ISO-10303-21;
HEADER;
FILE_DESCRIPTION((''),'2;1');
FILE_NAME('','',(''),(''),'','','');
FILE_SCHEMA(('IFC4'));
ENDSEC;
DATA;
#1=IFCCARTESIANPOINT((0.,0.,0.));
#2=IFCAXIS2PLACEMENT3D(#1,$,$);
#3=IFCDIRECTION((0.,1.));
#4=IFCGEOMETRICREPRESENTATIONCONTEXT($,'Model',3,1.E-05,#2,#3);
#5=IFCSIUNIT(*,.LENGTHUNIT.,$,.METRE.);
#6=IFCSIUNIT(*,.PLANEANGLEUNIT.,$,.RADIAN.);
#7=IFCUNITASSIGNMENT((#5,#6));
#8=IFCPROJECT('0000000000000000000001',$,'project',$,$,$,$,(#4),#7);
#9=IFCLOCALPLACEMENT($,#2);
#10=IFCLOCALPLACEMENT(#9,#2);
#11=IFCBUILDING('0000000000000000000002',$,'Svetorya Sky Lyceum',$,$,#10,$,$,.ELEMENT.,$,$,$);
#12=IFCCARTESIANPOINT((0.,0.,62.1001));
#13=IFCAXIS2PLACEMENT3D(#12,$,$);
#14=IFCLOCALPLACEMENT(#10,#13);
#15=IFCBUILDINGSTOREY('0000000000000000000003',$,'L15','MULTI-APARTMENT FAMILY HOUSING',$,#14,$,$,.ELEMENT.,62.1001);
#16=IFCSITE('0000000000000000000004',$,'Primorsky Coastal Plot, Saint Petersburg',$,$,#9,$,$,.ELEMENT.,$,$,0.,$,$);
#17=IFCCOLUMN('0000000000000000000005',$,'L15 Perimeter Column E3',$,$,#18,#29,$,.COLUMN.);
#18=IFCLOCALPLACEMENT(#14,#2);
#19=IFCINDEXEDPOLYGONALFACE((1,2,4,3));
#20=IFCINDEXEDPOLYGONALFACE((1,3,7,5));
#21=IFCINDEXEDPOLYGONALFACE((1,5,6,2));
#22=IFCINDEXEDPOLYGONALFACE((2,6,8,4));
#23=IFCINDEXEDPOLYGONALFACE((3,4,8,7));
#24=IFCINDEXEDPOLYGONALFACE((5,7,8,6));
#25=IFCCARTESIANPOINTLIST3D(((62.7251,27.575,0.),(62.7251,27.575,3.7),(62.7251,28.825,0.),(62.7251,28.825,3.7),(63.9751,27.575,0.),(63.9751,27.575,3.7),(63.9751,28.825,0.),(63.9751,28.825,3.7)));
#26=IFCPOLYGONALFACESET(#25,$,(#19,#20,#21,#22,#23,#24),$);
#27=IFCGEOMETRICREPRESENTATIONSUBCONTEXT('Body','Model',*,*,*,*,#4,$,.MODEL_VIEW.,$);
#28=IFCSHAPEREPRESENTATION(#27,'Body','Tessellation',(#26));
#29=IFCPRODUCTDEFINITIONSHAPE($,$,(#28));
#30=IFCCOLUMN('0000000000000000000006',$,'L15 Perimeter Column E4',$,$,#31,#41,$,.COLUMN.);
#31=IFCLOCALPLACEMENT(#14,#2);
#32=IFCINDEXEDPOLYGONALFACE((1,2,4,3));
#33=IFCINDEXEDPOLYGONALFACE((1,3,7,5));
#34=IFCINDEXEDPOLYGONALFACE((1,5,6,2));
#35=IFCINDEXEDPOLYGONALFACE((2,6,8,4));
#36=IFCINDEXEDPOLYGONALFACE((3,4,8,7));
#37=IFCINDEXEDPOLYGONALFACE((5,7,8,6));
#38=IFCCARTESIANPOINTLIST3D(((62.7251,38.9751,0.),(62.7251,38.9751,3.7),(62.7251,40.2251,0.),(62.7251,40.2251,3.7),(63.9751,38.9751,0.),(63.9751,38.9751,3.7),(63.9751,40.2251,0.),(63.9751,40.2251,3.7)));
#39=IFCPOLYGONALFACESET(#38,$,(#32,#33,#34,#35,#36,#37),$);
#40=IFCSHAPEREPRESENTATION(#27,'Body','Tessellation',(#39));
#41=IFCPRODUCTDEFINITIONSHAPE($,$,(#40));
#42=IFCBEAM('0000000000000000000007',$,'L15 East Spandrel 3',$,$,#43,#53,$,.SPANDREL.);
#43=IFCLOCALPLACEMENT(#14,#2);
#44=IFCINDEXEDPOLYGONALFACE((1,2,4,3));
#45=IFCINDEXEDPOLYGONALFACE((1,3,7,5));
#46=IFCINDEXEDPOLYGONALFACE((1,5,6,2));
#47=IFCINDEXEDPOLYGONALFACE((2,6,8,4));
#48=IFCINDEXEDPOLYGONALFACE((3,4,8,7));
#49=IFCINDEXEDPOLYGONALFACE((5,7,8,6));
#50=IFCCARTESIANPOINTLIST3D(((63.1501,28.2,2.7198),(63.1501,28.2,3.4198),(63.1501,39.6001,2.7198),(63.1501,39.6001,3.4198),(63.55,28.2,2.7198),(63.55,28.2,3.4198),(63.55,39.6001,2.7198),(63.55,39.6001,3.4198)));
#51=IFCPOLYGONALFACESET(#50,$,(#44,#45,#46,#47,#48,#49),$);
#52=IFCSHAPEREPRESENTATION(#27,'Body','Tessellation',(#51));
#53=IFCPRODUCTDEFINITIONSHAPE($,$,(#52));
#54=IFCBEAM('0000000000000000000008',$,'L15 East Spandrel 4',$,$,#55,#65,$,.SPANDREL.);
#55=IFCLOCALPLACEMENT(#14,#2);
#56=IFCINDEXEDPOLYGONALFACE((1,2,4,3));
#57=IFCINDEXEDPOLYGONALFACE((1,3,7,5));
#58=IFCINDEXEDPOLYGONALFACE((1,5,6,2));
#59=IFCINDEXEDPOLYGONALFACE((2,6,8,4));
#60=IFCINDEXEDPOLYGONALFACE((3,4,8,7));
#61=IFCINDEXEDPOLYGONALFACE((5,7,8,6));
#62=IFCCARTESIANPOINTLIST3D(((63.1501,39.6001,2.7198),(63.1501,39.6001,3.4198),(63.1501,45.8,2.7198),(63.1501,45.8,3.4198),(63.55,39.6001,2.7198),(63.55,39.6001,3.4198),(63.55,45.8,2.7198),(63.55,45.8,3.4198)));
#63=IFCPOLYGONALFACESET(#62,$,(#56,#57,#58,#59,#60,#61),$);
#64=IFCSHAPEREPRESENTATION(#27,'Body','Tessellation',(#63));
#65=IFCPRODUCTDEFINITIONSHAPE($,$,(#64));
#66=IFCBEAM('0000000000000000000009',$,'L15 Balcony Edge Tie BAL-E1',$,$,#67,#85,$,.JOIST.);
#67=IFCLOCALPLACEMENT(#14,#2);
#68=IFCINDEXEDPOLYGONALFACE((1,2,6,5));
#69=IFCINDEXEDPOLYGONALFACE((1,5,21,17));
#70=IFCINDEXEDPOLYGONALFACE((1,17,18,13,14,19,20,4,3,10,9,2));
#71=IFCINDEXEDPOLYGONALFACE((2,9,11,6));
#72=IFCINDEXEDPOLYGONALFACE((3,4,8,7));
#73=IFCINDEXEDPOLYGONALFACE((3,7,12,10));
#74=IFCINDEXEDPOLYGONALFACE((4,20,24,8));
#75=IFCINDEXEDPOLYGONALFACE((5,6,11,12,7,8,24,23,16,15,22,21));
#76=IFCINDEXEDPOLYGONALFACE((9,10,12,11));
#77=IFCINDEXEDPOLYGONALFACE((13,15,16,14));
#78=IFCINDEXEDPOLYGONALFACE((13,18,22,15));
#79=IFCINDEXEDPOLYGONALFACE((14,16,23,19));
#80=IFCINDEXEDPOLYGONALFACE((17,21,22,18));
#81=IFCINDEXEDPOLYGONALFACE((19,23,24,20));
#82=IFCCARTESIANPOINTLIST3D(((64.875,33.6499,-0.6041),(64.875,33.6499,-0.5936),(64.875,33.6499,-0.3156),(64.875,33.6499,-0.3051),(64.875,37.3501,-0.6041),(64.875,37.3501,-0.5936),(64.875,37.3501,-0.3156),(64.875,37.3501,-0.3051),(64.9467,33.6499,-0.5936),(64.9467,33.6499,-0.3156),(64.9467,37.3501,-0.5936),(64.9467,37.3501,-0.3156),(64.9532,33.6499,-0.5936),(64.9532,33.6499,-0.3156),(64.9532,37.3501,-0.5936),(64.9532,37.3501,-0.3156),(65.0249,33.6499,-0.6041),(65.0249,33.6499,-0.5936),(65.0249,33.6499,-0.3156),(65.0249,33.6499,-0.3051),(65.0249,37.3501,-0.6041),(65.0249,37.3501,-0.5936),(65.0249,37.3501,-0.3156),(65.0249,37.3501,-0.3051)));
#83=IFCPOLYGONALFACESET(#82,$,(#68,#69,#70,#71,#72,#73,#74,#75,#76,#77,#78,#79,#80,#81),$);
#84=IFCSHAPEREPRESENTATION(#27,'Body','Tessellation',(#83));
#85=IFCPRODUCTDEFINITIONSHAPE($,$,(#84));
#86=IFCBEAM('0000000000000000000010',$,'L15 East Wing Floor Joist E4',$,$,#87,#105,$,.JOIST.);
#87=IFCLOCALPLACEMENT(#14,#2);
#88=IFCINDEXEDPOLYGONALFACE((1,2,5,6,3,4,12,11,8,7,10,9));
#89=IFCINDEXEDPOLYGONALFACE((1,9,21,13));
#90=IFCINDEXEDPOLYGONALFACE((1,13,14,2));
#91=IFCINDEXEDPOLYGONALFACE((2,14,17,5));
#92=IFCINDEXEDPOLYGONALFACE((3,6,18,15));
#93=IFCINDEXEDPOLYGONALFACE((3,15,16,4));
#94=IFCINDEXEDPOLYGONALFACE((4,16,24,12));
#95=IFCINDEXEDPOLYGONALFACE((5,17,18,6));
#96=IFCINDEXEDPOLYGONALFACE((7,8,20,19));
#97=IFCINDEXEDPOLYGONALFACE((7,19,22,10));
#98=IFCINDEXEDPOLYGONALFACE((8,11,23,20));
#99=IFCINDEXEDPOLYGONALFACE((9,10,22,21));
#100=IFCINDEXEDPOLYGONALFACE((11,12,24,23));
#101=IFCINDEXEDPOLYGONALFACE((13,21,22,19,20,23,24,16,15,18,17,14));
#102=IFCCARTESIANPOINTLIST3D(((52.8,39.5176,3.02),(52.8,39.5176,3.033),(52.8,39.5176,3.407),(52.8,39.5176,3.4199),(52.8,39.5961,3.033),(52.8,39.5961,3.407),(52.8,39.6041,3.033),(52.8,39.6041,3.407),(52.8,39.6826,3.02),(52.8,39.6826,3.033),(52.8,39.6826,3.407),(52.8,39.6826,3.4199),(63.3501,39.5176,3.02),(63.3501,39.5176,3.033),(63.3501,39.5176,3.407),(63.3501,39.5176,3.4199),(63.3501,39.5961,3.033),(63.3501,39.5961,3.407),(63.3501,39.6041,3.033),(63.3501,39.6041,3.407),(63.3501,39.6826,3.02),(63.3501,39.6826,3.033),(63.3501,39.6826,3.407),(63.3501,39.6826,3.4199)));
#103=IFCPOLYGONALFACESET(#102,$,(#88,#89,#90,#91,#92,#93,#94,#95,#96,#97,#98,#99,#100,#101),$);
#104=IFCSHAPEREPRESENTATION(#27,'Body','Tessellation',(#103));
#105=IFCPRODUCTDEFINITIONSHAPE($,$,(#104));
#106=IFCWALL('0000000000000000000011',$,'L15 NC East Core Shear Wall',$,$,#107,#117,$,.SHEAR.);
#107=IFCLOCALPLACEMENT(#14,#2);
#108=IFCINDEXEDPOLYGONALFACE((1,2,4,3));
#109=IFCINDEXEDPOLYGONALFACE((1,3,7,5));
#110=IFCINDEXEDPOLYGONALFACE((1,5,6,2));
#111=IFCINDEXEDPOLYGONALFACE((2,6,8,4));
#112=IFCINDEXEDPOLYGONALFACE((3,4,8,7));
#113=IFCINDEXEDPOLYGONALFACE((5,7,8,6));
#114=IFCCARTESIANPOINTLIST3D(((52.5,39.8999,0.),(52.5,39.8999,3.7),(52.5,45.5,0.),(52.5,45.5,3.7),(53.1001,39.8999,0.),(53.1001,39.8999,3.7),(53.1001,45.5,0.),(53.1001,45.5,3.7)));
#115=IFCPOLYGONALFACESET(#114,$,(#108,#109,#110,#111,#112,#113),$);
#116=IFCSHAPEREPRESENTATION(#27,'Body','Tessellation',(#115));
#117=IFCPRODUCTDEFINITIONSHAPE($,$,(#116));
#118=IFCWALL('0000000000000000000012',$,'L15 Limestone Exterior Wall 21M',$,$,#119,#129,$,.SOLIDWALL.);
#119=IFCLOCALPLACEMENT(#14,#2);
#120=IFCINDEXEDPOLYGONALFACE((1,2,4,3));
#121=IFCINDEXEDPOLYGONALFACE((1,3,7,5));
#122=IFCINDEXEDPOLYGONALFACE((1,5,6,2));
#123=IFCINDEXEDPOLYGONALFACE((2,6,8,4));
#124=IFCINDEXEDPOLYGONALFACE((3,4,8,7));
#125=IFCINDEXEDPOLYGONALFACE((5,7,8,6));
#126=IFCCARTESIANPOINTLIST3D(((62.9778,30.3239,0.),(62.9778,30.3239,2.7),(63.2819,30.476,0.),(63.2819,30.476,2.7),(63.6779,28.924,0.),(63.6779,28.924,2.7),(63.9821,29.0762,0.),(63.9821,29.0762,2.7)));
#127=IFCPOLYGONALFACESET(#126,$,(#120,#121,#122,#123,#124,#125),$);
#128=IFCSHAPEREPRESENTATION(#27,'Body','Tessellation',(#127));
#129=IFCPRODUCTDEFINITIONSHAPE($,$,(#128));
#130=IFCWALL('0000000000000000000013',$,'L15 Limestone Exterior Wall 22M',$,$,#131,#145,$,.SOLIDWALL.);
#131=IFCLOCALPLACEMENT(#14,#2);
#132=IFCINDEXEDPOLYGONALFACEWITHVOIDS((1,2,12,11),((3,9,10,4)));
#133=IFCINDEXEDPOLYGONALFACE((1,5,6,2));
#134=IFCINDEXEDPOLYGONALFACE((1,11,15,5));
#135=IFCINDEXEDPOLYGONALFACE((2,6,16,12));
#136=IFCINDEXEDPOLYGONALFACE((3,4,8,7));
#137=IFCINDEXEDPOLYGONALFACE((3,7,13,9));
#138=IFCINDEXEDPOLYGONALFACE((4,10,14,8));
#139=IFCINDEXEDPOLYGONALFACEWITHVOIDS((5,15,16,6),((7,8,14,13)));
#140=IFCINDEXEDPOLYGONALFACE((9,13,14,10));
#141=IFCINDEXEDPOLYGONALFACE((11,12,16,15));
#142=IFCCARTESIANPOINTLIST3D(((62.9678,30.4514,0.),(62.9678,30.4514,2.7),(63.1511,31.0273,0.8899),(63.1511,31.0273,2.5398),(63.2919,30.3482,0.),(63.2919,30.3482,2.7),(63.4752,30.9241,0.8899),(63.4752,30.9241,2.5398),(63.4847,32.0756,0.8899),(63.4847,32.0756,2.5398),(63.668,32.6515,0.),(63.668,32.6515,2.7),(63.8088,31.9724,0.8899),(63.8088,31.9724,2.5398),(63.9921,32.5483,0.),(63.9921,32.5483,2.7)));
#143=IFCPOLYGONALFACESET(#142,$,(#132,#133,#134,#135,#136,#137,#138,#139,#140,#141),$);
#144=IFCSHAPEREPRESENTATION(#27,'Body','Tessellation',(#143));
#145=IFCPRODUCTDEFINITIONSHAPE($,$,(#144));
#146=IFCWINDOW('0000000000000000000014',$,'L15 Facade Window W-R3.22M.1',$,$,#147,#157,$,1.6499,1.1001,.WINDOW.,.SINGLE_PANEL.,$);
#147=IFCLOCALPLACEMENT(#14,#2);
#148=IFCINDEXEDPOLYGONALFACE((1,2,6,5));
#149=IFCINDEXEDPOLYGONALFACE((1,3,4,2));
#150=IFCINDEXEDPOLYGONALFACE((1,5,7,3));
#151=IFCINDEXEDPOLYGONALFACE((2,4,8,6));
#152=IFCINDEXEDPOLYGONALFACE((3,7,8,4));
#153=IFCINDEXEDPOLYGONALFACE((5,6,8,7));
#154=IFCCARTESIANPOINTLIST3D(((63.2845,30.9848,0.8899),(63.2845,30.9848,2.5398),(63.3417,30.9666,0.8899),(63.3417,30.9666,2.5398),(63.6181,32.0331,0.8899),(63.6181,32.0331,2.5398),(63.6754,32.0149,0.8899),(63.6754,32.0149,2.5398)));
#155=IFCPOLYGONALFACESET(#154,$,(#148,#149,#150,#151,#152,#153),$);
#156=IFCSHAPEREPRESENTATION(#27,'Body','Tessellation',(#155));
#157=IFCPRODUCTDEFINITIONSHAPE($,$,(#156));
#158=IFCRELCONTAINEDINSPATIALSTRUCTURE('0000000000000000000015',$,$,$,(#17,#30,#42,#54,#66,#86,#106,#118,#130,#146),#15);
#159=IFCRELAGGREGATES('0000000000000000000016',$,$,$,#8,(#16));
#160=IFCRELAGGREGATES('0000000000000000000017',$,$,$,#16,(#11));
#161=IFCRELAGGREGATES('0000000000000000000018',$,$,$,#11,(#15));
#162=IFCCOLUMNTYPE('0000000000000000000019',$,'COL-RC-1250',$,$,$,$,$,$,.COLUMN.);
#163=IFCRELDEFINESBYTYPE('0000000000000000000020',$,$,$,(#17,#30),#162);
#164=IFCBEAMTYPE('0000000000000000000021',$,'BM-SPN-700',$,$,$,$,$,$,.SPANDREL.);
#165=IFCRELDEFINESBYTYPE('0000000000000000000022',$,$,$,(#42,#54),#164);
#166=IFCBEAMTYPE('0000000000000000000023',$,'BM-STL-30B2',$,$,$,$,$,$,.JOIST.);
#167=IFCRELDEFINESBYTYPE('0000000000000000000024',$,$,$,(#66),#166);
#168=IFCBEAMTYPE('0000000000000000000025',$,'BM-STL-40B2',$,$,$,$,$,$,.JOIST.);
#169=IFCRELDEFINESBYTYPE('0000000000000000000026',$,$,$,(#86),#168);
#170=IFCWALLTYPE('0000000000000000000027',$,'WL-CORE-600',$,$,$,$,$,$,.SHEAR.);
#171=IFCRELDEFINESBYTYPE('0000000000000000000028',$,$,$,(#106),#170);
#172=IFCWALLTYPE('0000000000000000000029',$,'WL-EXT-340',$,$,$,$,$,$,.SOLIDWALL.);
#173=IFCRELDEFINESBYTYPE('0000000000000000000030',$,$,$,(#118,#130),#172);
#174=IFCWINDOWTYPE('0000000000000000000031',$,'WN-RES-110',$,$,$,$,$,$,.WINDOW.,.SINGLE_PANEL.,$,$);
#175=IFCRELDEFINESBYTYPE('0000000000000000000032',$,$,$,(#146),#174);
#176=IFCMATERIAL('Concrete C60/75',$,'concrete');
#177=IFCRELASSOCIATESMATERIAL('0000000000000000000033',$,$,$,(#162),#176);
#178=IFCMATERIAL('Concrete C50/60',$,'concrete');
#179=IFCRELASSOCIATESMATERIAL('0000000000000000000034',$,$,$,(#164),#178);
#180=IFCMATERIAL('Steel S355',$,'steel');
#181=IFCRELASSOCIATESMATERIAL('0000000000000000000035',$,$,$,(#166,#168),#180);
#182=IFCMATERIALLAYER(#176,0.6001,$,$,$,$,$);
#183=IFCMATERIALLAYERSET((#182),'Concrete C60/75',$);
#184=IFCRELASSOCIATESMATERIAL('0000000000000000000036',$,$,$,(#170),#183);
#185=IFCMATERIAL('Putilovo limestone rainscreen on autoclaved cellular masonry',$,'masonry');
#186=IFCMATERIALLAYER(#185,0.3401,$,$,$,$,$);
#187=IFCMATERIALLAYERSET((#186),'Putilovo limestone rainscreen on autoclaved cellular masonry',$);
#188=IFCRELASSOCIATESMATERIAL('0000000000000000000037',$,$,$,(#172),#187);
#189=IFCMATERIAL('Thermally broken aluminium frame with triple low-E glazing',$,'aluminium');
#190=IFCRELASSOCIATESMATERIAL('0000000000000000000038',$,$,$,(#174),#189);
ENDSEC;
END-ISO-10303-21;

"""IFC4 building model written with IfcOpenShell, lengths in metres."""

from ifc_helpers import new_model, si_unit, direction, frame, frame_2d, origin, origin_2d, place, context, subcontext, project, spatial, rectangle, i_section, extrude, material, layer, layer_set, material_profile, profile_set, type_object, element, fill, save


model = new_model("IFC4")

# Units and contexts
model_context = context("Model", 3, precision=1e-05, world=origin(), true_north=direction((0.0, 1.0)))
body_context = subcontext(model_context, "Body", "Model", "MODEL_VIEW")
ifc_project = project(units=[si_unit("LENGTHUNIT", "METRE"), si_unit("PLANEANGLEUNIT", "RADIAN")], contexts=[model_context])

# Site, building, storey
site_placement = place(None, origin())
site = spatial("IfcSite", under=ifc_project, at=site_placement, Name="Primorsky Coastal Plot, Saint Petersburg", CompositionType="ELEMENT", RefElevation=0.0)
building_placement = place(site_placement, origin())
building = spatial("IfcBuilding", under=site, at=building_placement, Name="Svetorya Sky Lyceum", CompositionType="ELEMENT")
storey_placement = place(building_placement, frame((0.0, 0.0, 62.1001)))
storey = spatial("IfcBuildingStorey", under=building, at=storey_placement, Name="L15", Description="MULTI-APARTMENT FAMILY HOUSING", CompositionType="ELEMENT", Elevation=62.1001)

# Columns
ifc_material_1 = material(Name="Concrete C60/75", Category="concrete")
ifc_material_profile_1 = material_profile(ifc_material_1, rectangle(XDim=1.25, YDim=1.25, at=origin_2d()), Name="RC COL 1250x1250")
ifc_profile_set_1 = profile_set([ifc_material_profile_1], Name="Concrete C60/75")
column_type = type_object("IfcColumnType", Name="COL-RC-1250", PredefinedType="COLUMN", material=ifc_profile_set_1)
for number, where, z_axis, x_axis, name in (
    (1, (63.3501, 28.2, 0.0), (0.0, 0.0, 1.0), (1.0, 0.0, 0.0), "L15 Perimeter Column E3"),
    (2, (63.3501, 39.6001, 0.0), (0.0, 0.0, 1.0), (1.0, 0.0, 0.0), "L15 Perimeter Column E4"),
):
    element("IfcColumn", number, at=place(storey_placement, frame(where, z_axis=z_axis, x_axis=x_axis)), inside=storey, type_object=column_type, Name=name, PredefinedType="COLUMN", context=body_context, shape_type="SweptSolid", body=[
        extrude(rectangle(XDim=1.25, YDim=1.25, at=origin_2d()), origin(), (0.0, 0.0, 1.0), 3.7),
    ])

# Beams
ifc_material_2 = material(Name="Concrete C50/60", Category="concrete")
ifc_material_profile_2 = material_profile(ifc_material_2, rectangle(XDim=0.3999, YDim=0.7, at=origin_2d()), Name="RC SPANDREL 400x700")
ifc_profile_set_2 = profile_set([ifc_material_profile_2], Name="Concrete C50/60")
beam_type_1 = type_object("IfcBeamType", Name="BM-SPN-700", PredefinedType="SPANDREL", material=ifc_profile_set_2)
beam_1_placement = place(storey_placement, frame((63.3501, 28.2, 3.0698), z_axis=(0.0, 1.0, 0.0), x_axis=(-1.0, 0.0, 0.0)))
element("IfcBeam", 3, at=beam_1_placement, inside=storey, type_object=beam_type_1, Name="L15 East Spandrel 3", PredefinedType="SPANDREL", context=body_context, shape_type="SweptSolid", body=[
    extrude(rectangle(XDim=0.3999, YDim=0.7, at=origin_2d()), origin(), (0.0, 0.0, 1.0), 11.4001),
])
beam_2_placement = place(storey_placement, frame((63.3501, 39.6001, 3.0698), z_axis=(0.0, 1.0, 0.0), x_axis=(-1.0, 0.0, 0.0)))
element("IfcBeam", 4, at=beam_2_placement, inside=storey, type_object=beam_type_1, Name="L15 East Spandrel 4", PredefinedType="SPANDREL", context=body_context, shape_type="SweptSolid", body=[
    extrude(rectangle(XDim=0.3999, YDim=0.7, at=origin_2d()), origin(), (0.0, 0.0, 1.0), 6.2),
])
ifc_material_3 = material(Name="Steel S355", Category="steel")
ifc_material_profile_3 = material_profile(ifc_material_3, i_section(OverallWidth=0.1499, OverallDepth=0.2991, WebThickness=0.0066, FlangeThickness=0.0105, at=origin_2d()), Name="GOST 30B2")
ifc_profile_set_3 = profile_set([ifc_material_profile_3], Name="Steel S355")
beam_type_2 = type_object("IfcBeamType", Name="BM-STL-30B2", PredefinedType="JOIST", material=ifc_profile_set_3)
beam_3_placement = place(storey_placement, frame((64.95, 33.6499, -0.4546), z_axis=(0.0, 1.0, 0.0), x_axis=(-1.0, 0.0, 0.0)))
element("IfcBeam", 5, at=beam_3_placement, inside=storey, type_object=beam_type_2, Name="L15 Balcony Edge Tie BAL-E1", PredefinedType="JOIST", context=body_context, shape_type="SweptSolid", body=[
    extrude(i_section(OverallWidth=0.1499, OverallDepth=0.2991, WebThickness=0.0066, FlangeThickness=0.0105, at=origin_2d()), origin(), (0.0, 0.0, 1.0), 3.7002),
])
ifc_material_profile_4 = material_profile(ifc_material_3, i_section(OverallWidth=0.165, OverallDepth=0.3999, WebThickness=0.0081, FlangeThickness=0.0129, at=origin_2d()), Name="GOST 40B2")
ifc_profile_set_4 = profile_set([ifc_material_profile_4], Name="Steel S355")
beam_type_3 = type_object("IfcBeamType", Name="BM-STL-40B2", PredefinedType="JOIST", material=ifc_profile_set_4)
beam_4_placement = place(storey_placement, frame((52.8, 39.6001, 3.22), z_axis=(1.0, 0.0, 0.0), x_axis=(0.0, 1.0, 0.0)))
element("IfcBeam", 6, at=beam_4_placement, inside=storey, type_object=beam_type_3, Name="L15 East Wing Floor Joist E4", PredefinedType="JOIST", context=body_context, shape_type="SweptSolid", body=[
    extrude(i_section(OverallWidth=0.165, OverallDepth=0.3999, WebThickness=0.0081, FlangeThickness=0.0129, at=origin_2d()), origin(), (0.0, 0.0, 1.0), 10.55),
])

# Walls
ifc_layer_1 = layer(ifc_material_1, 0.6001)
ifc_layer_set_1 = layer_set([ifc_layer_1], Name="Concrete C60/75")
wall_type_1 = type_object("IfcWallType", Name="WL-CORE-600", PredefinedType="SHEAR", material=ifc_layer_set_1)
wall_1_placement = place(storey_placement, frame((52.8, 39.8999, 0.0), z_axis=(0.0, 0.0, 1.0), x_axis=(0.0, 1.0, 0.0)))
element("IfcWall", 7, at=wall_1_placement, inside=storey, type_object=wall_type_1, Name="L15 NC East Core Shear Wall", PredefinedType="SHEAR", context=body_context, shape_type="SweptSolid", body=[
    extrude(rectangle(XDim=5.6001, YDim=0.6001, at=frame_2d((2.8, 0.0))), origin(), (0.0, 0.0, 1.0), 3.7),
])
ifc_material_4 = material(Name="Putilovo limestone rainscreen on autoclaved cellular masonry", Category="masonry")
ifc_layer_2 = layer(ifc_material_4, 0.3401)
ifc_layer_set_2 = layer_set([ifc_layer_2], Name="Putilovo limestone rainscreen on autoclaved cellular masonry")
wall_type_2 = type_object("IfcWallType", Name="WL-EXT-340", PredefinedType="SOLIDWALL", material=ifc_layer_set_2)
wall_2_placement = place(storey_placement, frame((63.8301, 29.0, 0.0), z_axis=(0.0, 0.0, 1.0), x_axis=(-0.447338, 0.894365, 0.0)))
element("IfcWall", 8, at=wall_2_placement, inside=storey, type_object=wall_type_2, Name="L15 Limestone Exterior Wall 21M", PredefinedType="SOLIDWALL", context=body_context, shape_type="SweptSolid", body=[
    extrude(rectangle(XDim=1.5652, YDim=0.3401, at=frame_2d((0.7827, 0.0))), origin(), (0.0, 0.0, 1.0), 2.7),
])

# Wall, opening, window
wall_3_placement = place(storey_placement, frame((63.1299, 30.3999, 0.0), z_axis=(0.0, 0.0, 1.0), x_axis=(0.303256, 0.952909, 0.0)))
wall_3 = element("IfcWall", 9, at=wall_3_placement, inside=storey, type_object=wall_type_2, Name="L15 Limestone Exterior Wall 22M", PredefinedType="SOLIDWALL", context=body_context, shape_type="SweptSolid", body=[
    extrude(rectangle(XDim=2.3088, YDim=0.3401, at=frame_2d((1.1543, 0.0))), origin(), (0.0, 0.0, 1.0), 2.7),
])
opening_1_placement = place(wall_3_placement, frame((0.6042, 0.0, 0.8899)))
opening_1 = element("IfcOpeningElement", 10, at=opening_1_placement, cuts=wall_3, PredefinedType="OPENING", context=body_context, shape_type="SweptSolid", body=[
    extrude(rectangle(XDim=1.1001, YDim=1.6499, at=frame_2d((0.55, 0.825))), frame((0.0, 0.1799, 0.0), z_axis=(0.0, -1.0, 0.0), x_axis=(1.0, 0.0, 0.0)), (0.0, 0.0, 1.0), 0.3601),
])
ifc_material_5 = material(Name="Thermally broken aluminium frame with triple low-E glazing", Category="aluminium")
window_type_1 = type_object("IfcWindowType", Name="WN-RES-110", PartitioningType="SINGLE_PANEL", PredefinedType="WINDOW", material=ifc_material_5)
window_1_placement = place(opening_1_placement, origin())
window_1 = element("IfcWindow", 11, at=window_1_placement, inside=storey, type_object=window_type_1, Name="L15 Facade Window W-R3.22M.1", OverallHeight=1.6499, OverallWidth=1.1001, PartitioningType="SINGLE_PANEL", PredefinedType="WINDOW", context=body_context, shape_type="SweptSolid", body=[
    extrude(rectangle(XDim=1.1001, YDim=1.6499, at=frame_2d((0.55, 0.825))), frame((0.0, 0.03, 0.0), z_axis=(0.0, -1.0, 0.0), x_axis=(1.0, 0.0, 0.0)), (0.0, 0.0, 1.0), 0.0601),
])
fill(opening_1, window_1)

save(model, "model.ifc")
